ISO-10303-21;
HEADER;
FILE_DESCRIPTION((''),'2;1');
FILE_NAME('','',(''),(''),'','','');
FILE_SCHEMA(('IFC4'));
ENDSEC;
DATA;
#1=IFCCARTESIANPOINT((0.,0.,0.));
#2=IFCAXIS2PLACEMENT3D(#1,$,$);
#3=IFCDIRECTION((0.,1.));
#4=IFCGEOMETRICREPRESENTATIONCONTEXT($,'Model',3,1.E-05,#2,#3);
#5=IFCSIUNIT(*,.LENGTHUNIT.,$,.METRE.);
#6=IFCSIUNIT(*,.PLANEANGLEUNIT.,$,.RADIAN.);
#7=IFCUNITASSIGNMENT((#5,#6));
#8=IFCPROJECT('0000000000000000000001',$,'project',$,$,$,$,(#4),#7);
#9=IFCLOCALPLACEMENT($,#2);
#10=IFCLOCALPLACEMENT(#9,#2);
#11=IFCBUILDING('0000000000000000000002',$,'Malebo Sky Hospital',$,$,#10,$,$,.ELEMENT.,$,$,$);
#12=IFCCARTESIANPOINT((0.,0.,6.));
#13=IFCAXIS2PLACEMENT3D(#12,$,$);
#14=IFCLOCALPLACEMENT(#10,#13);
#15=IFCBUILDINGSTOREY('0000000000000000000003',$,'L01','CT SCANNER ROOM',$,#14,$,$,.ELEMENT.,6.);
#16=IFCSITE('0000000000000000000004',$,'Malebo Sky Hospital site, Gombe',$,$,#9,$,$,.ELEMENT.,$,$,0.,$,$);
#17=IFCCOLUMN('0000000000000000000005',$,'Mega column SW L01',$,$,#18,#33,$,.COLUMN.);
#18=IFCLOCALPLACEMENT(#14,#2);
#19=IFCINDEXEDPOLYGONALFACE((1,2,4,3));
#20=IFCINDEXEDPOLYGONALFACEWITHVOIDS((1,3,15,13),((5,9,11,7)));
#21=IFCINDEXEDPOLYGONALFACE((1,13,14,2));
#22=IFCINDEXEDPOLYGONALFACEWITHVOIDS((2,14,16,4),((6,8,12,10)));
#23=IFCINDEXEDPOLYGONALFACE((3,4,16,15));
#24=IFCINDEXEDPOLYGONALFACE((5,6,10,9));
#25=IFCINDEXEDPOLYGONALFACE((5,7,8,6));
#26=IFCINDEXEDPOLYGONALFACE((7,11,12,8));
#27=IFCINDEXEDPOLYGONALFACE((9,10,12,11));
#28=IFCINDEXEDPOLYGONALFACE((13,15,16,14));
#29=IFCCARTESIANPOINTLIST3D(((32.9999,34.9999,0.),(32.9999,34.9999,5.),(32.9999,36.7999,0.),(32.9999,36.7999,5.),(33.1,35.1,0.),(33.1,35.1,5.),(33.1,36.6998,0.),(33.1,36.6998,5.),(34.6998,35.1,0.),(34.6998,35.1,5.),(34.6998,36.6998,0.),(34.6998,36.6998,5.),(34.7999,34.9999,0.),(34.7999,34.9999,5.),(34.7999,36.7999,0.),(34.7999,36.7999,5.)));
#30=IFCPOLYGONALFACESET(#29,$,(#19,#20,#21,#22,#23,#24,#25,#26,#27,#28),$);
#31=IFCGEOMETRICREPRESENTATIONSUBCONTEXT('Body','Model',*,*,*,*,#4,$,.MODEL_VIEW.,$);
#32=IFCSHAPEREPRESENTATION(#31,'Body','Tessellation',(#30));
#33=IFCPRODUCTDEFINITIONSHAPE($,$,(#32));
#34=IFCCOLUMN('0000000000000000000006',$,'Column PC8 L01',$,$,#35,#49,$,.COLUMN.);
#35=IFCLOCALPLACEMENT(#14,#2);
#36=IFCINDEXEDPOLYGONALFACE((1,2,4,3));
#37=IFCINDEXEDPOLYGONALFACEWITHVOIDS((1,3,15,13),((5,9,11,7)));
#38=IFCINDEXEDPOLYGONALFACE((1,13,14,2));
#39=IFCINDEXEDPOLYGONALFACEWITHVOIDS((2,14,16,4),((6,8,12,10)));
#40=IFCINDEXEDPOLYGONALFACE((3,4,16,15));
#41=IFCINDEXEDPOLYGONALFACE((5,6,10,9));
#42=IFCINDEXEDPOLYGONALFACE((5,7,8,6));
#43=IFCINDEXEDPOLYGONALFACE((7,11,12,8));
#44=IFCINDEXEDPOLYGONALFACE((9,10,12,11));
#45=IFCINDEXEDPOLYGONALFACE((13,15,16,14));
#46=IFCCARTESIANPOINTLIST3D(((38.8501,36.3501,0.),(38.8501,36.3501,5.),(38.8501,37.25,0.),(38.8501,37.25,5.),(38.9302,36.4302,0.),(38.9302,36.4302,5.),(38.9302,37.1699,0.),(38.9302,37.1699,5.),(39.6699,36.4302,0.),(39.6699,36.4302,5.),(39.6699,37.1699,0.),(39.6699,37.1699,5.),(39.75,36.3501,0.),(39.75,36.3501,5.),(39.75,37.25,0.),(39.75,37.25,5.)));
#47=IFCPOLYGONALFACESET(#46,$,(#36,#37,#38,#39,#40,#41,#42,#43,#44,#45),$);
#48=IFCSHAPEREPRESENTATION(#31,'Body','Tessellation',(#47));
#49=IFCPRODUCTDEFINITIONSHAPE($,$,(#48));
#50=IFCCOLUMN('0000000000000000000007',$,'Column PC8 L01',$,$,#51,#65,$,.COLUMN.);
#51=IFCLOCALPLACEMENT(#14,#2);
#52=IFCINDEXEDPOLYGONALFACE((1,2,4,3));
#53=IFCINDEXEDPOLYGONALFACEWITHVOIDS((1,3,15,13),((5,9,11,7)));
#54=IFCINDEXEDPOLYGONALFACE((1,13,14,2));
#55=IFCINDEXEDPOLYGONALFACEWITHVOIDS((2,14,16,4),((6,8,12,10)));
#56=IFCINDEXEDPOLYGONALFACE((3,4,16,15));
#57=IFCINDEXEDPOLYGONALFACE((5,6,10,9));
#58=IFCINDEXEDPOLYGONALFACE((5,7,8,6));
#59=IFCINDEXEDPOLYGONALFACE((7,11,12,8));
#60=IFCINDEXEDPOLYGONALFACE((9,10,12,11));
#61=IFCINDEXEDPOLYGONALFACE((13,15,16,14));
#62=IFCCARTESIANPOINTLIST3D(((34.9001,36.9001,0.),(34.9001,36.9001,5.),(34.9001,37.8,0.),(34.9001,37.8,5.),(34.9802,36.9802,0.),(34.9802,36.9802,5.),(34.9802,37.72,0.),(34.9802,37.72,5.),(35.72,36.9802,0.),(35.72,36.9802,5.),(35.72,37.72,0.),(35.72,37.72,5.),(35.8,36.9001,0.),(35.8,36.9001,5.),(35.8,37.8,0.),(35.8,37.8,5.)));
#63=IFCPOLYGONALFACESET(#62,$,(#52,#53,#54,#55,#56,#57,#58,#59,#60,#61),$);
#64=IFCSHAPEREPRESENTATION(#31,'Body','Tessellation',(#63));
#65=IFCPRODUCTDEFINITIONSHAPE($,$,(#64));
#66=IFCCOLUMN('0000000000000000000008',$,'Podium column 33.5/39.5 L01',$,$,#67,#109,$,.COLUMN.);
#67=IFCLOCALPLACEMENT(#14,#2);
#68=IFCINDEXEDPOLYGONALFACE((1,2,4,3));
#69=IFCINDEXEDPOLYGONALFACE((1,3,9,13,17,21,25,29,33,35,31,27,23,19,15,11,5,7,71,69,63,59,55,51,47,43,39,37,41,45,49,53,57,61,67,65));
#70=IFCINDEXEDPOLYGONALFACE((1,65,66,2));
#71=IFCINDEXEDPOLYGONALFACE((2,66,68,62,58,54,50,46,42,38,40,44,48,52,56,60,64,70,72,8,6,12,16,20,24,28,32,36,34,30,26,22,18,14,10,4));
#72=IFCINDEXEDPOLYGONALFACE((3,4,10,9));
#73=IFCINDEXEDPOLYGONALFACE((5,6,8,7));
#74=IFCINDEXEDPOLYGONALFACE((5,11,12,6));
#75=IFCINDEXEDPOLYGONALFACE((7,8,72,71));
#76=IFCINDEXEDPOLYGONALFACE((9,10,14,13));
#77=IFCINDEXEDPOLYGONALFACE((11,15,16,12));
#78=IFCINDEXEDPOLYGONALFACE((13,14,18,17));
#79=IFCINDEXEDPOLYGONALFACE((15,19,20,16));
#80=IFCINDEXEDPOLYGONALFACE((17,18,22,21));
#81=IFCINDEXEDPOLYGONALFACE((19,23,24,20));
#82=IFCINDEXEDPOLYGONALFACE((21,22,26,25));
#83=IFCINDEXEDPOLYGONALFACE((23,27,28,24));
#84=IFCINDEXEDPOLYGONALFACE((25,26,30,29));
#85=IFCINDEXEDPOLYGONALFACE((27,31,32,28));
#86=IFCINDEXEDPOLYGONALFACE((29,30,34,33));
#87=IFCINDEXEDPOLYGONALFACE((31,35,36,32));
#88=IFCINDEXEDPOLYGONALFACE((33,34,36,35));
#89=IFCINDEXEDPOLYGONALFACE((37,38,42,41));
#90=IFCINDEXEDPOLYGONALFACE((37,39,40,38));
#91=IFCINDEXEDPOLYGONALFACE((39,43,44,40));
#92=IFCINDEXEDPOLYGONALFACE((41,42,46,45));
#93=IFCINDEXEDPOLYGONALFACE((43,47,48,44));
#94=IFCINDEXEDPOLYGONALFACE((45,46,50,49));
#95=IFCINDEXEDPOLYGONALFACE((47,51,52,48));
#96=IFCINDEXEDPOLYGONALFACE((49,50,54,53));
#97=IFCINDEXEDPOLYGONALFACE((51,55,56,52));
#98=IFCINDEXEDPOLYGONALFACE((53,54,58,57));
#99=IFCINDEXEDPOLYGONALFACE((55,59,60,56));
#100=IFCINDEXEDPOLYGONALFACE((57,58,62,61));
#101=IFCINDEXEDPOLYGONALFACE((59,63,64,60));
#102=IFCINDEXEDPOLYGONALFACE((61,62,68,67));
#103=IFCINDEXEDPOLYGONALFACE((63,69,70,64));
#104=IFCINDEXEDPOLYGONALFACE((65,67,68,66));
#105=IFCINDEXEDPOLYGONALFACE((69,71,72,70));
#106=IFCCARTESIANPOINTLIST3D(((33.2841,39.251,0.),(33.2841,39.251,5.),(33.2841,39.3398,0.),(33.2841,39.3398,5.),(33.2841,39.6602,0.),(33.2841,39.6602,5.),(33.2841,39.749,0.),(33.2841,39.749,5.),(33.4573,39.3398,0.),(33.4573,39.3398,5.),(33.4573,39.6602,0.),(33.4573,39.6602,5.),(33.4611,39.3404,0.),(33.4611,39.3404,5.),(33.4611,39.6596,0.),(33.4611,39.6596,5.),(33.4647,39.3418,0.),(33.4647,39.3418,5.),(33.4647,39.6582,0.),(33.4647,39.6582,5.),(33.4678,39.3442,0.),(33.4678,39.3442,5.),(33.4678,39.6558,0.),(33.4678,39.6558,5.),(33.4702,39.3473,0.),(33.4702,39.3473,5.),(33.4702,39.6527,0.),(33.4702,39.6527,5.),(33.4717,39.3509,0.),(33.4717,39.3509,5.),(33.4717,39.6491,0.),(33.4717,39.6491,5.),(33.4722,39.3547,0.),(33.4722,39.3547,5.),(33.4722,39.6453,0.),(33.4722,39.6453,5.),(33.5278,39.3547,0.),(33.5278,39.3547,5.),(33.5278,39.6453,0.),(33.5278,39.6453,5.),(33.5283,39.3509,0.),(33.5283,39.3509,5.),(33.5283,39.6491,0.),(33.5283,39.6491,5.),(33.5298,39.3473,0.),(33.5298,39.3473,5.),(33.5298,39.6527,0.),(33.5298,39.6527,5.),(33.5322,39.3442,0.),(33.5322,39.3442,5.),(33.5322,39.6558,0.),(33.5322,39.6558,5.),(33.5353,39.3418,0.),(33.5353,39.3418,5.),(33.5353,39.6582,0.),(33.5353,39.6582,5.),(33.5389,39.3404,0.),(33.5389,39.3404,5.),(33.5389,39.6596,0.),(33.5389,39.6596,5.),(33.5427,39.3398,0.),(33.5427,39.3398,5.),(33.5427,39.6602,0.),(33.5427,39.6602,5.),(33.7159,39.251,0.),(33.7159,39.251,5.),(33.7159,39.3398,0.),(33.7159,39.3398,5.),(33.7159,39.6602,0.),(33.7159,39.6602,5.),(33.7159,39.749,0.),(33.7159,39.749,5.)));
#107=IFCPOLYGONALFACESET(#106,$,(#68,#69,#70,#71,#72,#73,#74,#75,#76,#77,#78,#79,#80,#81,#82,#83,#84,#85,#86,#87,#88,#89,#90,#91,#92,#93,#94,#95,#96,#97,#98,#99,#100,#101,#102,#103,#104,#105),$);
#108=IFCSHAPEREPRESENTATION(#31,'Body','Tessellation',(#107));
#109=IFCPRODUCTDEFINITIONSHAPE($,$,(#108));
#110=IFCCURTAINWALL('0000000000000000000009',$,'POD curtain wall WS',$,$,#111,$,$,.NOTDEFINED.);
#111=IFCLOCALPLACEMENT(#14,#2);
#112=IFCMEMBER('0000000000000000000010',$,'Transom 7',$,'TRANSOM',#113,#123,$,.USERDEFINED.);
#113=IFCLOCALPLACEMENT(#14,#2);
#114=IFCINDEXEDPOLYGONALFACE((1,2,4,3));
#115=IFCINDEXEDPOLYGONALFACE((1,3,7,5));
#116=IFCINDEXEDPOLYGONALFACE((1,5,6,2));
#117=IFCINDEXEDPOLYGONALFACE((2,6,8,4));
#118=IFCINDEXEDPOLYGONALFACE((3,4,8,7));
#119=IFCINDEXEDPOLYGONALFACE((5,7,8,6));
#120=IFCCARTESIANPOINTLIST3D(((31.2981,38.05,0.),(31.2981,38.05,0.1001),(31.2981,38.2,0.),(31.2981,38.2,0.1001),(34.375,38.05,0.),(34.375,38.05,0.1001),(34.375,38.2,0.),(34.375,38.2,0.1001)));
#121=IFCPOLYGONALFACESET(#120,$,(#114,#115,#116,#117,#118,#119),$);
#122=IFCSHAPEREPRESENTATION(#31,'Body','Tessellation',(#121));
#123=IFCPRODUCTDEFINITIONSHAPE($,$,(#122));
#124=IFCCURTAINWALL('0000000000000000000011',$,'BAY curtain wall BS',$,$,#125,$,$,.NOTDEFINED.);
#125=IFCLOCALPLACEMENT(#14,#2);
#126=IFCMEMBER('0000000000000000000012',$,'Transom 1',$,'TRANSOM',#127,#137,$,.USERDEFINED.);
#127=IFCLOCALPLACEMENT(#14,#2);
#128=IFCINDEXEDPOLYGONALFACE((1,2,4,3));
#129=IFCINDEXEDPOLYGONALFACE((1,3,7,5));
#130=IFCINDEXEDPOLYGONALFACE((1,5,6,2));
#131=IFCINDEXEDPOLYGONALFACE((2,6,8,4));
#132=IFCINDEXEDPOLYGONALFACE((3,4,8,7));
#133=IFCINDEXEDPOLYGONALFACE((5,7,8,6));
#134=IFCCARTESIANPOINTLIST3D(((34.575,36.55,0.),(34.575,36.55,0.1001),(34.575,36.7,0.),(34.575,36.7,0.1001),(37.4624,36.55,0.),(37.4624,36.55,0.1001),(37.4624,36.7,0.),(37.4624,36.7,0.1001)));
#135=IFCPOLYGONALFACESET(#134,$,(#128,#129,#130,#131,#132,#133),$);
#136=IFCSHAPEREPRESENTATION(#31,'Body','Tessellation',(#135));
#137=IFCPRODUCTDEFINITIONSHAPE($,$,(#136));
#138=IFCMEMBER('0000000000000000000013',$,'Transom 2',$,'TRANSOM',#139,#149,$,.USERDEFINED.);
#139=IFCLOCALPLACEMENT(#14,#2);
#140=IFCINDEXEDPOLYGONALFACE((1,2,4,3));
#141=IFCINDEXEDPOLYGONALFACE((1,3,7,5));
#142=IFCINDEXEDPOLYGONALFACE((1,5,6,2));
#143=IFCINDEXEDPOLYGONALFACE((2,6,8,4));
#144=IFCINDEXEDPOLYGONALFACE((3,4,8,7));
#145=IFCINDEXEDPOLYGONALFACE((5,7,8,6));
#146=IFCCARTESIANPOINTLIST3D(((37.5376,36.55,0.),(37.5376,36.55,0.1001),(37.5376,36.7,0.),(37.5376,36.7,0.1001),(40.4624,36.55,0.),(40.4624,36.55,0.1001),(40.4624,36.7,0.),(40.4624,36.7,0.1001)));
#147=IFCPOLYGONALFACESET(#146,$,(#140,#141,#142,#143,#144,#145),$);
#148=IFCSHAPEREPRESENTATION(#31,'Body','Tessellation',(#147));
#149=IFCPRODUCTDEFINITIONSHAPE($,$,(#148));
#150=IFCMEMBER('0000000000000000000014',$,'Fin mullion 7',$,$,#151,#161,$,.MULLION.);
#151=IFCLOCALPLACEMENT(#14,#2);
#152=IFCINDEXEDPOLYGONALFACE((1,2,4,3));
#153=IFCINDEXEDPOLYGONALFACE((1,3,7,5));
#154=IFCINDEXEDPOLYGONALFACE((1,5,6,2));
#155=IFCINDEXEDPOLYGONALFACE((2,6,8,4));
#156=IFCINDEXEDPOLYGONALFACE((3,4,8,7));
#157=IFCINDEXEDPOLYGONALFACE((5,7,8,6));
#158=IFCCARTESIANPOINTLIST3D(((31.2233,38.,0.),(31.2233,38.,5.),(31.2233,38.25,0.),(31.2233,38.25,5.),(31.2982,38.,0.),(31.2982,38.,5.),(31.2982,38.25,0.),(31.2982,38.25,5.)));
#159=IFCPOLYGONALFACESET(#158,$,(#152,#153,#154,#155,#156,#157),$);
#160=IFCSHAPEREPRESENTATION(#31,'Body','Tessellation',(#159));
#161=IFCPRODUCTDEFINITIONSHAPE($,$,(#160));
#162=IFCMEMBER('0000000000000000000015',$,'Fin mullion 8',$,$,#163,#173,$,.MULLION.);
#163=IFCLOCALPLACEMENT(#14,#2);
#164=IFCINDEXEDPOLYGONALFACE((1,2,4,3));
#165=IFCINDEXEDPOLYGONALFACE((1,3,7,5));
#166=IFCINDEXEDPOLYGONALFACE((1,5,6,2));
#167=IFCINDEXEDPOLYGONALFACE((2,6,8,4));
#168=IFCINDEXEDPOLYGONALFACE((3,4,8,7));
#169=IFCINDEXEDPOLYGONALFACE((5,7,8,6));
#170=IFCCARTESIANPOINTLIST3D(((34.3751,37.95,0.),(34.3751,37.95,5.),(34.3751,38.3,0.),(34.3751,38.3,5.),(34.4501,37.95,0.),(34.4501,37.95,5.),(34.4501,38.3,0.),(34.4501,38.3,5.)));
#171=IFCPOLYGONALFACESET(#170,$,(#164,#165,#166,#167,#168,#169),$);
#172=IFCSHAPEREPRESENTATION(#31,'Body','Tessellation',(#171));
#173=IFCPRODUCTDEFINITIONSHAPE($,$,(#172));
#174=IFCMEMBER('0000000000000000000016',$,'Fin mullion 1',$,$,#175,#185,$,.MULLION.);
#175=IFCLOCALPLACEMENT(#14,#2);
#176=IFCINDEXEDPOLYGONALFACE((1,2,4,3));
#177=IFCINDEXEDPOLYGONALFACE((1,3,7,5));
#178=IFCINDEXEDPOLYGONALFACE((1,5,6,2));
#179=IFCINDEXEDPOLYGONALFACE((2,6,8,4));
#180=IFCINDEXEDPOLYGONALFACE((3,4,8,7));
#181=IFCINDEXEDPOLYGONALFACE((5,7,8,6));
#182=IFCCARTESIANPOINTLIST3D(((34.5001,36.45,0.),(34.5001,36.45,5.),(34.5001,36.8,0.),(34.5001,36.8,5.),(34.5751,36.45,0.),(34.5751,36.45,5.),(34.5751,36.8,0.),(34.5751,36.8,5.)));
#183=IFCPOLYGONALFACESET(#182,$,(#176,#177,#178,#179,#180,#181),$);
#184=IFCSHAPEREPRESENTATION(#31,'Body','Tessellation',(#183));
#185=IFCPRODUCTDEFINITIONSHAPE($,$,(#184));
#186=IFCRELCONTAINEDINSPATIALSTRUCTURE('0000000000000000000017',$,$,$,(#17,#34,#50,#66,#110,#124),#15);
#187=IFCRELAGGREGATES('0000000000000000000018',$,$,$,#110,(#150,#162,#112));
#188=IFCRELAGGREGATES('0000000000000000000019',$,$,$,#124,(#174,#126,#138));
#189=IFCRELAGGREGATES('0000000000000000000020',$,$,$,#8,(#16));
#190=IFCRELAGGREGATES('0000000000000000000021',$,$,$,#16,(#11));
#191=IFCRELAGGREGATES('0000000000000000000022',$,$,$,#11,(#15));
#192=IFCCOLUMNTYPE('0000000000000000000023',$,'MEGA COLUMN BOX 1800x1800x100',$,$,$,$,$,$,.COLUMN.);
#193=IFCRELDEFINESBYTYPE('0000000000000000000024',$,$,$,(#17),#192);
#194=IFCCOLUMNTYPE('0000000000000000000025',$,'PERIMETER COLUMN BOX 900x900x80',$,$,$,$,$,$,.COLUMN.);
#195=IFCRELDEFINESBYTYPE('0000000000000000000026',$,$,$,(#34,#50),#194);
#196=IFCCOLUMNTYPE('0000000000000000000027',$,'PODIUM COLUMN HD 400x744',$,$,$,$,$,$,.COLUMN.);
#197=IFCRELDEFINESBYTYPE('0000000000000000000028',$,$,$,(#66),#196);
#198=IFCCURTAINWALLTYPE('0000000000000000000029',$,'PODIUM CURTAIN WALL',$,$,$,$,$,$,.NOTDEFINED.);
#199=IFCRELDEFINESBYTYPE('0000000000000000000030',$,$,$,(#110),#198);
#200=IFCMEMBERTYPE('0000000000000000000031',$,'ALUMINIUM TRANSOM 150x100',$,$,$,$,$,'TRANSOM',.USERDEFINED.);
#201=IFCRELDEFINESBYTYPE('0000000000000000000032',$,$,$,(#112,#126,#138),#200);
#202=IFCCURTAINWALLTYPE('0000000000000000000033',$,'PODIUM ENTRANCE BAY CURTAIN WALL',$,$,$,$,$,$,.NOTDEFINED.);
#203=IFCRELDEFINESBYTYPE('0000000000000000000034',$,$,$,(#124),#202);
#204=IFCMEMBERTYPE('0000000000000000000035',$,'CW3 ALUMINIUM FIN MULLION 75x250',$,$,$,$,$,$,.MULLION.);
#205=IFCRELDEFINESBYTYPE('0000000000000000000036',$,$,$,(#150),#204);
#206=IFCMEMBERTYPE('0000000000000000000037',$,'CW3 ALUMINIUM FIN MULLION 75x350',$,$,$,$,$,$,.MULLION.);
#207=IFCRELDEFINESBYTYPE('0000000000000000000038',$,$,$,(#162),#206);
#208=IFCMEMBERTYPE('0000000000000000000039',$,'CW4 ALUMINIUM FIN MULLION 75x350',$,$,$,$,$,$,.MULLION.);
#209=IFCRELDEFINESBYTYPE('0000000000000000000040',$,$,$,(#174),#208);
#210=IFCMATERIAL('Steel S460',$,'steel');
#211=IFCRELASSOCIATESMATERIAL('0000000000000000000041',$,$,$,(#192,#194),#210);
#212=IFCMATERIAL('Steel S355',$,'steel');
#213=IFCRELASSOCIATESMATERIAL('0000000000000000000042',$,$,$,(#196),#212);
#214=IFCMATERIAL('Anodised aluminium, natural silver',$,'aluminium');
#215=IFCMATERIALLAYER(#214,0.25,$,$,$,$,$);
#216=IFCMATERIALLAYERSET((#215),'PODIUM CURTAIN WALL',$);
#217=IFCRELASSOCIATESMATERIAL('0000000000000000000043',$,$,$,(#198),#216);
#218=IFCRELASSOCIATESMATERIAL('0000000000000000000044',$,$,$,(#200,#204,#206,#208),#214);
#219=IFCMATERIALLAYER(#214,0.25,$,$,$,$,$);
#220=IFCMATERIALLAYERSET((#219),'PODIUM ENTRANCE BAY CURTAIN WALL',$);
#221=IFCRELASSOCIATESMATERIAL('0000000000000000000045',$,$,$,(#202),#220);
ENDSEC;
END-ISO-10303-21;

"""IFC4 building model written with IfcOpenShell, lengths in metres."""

from ifc_helpers import new_model, si_unit, direction, frame, origin, origin_2d, place, context, subcontext, project, spatial, rectangle, hollow_rectangle, i_section, extrude, material, layer, layer_set, material_profile, profile_set, type_object, element, aggregate, save


model = new_model("IFC4")

# Units and contexts
model_context = context("Model", 3, precision=1e-05, world=origin(), true_north=direction((0.0, 1.0)))
body_context = subcontext(model_context, "Body", "Model", "MODEL_VIEW")
ifc_project = project(units=[si_unit("LENGTHUNIT", "METRE"), si_unit("PLANEANGLEUNIT", "RADIAN")], contexts=[model_context])

# Site, building, storey
site_placement = place(None, origin())
site = spatial("IfcSite", under=ifc_project, at=site_placement, Name="Malebo Sky Hospital site, Gombe", CompositionType="ELEMENT", RefElevation=0.0)
building_placement = place(site_placement, origin())
building = spatial("IfcBuilding", under=site, at=building_placement, Name="Malebo Sky Hospital", CompositionType="ELEMENT")
storey_placement = place(building_placement, frame((0.0, 0.0, 6.0)))
storey = spatial("IfcBuildingStorey", under=building, at=storey_placement, Name="L01", Description="CT SCANNER ROOM", CompositionType="ELEMENT", Elevation=6.0)

# Columns
ifc_material_1 = material(Name="Steel S460", Category="steel")
ifc_material_profile_1 = material_profile(ifc_material_1, hollow_rectangle(XDim=1.8, YDim=1.8, WallThickness=0.1001, at=origin_2d()), Name="BOX 1800x1800x100")
ifc_profile_set_1 = profile_set([ifc_material_profile_1], Name="Steel S460")
column_type_1 = type_object("IfcColumnType", Name="MEGA COLUMN BOX 1800x1800x100", PredefinedType="COLUMN", material=ifc_profile_set_1)
column_1_placement = place(storey_placement, frame((33.8999, 35.8999, 0.0), z_axis=(0.0, 0.0, 1.0), x_axis=(1.0, 0.0, 0.0)))
element("IfcColumn", 1, at=column_1_placement, inside=storey, type_object=column_type_1, Name="Mega column SW L01", PredefinedType="COLUMN", context=body_context, shape_type="SweptSolid", body=[
    extrude(hollow_rectangle(XDim=1.8, YDim=1.8, WallThickness=0.1001, at=origin_2d()), origin(), (0.0, 0.0, 1.0), 5.0),
])
ifc_material_profile_2 = material_profile(ifc_material_1, hollow_rectangle(XDim=0.8999, YDim=0.8999, WallThickness=0.0801, at=origin_2d()), Name="BOX 900x900x80")
ifc_profile_set_2 = profile_set([ifc_material_profile_2], Name="Steel S460")
column_type_2 = type_object("IfcColumnType", Name="PERIMETER COLUMN BOX 900x900x80", PredefinedType="COLUMN", material=ifc_profile_set_2)
for number, where, z_axis, x_axis, name in (
    (2, (39.3, 36.8, 0.0), (0.0, 0.0, 1.0), (1.0, 0.0, 0.0), "Column PC8 L01"),
    (3, (35.3501, 37.3501, 0.0), (0.0, 0.0, 1.0), (1.0, 0.0, 0.0), "Column PC8 L01"),
):
    element("IfcColumn", number, at=place(storey_placement, frame(where, z_axis=z_axis, x_axis=x_axis)), inside=storey, type_object=column_type_2, Name=name, PredefinedType="COLUMN", context=body_context, shape_type="SweptSolid", body=[
        extrude(hollow_rectangle(XDim=0.8999, YDim=0.8999, WallThickness=0.0801, at=origin_2d()), origin(), (0.0, 0.0, 1.0), 5.0),
    ])
ifc_material_2 = material(Name="Steel S355", Category="steel")
ifc_material_profile_3 = material_profile(ifc_material_2, i_section(OverallWidth=0.4319, OverallDepth=0.498, WebThickness=0.0557, FlangeThickness=0.0889, FilletRadius=0.0149, at=origin_2d()), Name="HD 400x744")
ifc_profile_set_3 = profile_set([ifc_material_profile_3], Name="Steel S355")
column_type_3 = type_object("IfcColumnType", Name="PODIUM COLUMN HD 400x744", PredefinedType="COLUMN", material=ifc_profile_set_3)
column_2_placement = place(storey_placement, frame((33.5, 39.5, 0.0), z_axis=(0.0, 0.0, 1.0), x_axis=(1.0, 0.0, 0.0)))
element("IfcColumn", 4, at=column_2_placement, inside=storey, type_object=column_type_3, Name="Podium column 33.5/39.5 L01", PredefinedType="COLUMN", context=body_context, shape_type="SweptSolid", body=[
    extrude(i_section(OverallWidth=0.4319, OverallDepth=0.498, WebThickness=0.0557, FlangeThickness=0.0889, FilletRadius=0.0149, at=origin_2d()), origin(), (0.0, 0.0, 1.0), 5.0),
])

# Curtain wall, member
ifc_material_3 = material(Name="Anodised aluminium, natural silver", Category="aluminium")
ifc_layer_1 = layer(ifc_material_3, 0.25)
ifc_layer_set_1 = layer_set([ifc_layer_1], Name="PODIUM CURTAIN WALL")
curtain_wall_type_1 = type_object("IfcCurtainWallType", Name="PODIUM CURTAIN WALL", PredefinedType="NOTDEFINED", material=ifc_layer_set_1)
curtain_wall_1_placement = place(storey_placement, origin())
curtain_wall_1 = element("IfcCurtainWall", 5, at=curtain_wall_1_placement, inside=storey, type_object=curtain_wall_type_1, Name="POD curtain wall WS", PredefinedType="NOTDEFINED")
ifc_material_profile_4 = material_profile(ifc_material_3, rectangle(XDim=0.1499, YDim=0.1001, at=origin_2d()), Name="ALUMINIUM TRANSOM 150x100")
ifc_profile_set_4 = profile_set([ifc_material_profile_4], Name="Anodised aluminium, natural silver")
member_type_1 = type_object("IfcMemberType", Name="ALUMINIUM TRANSOM 150x100", ElementType="TRANSOM", PredefinedType="USERDEFINED", material=ifc_profile_set_4)
member_1_placement = place(storey_placement, frame((31.2981, 38.125, 0.05), z_axis=(1.0, 0.0, 0.0), x_axis=(0.0, 1.0, 0.0)))
member_1 = element("IfcMember", 6, at=member_1_placement, type_object=member_type_1, Name="Transom 7", ObjectType="TRANSOM", PredefinedType="USERDEFINED", context=body_context, shape_type="SweptSolid", body=[
    extrude(rectangle(XDim=0.1499, YDim=0.1001, at=origin_2d()), origin(), (0.0, 0.0, 1.0), 3.0769),
])

# Curtain wall, members
ifc_layer_2 = layer(ifc_material_3, 0.25)
ifc_layer_set_2 = layer_set([ifc_layer_2], Name="PODIUM ENTRANCE BAY CURTAIN WALL")
curtain_wall_type_2 = type_object("IfcCurtainWallType", Name="PODIUM ENTRANCE BAY CURTAIN WALL", PredefinedType="NOTDEFINED", material=ifc_layer_set_2)
curtain_wall_2_placement = place(storey_placement, origin())
curtain_wall_2 = element("IfcCurtainWall", 7, at=curtain_wall_2_placement, inside=storey, type_object=curtain_wall_type_2, Name="BAY curtain wall BS", PredefinedType="NOTDEFINED")
member_2_placement = place(storey_placement, frame((34.575, 36.625, 0.05), z_axis=(1.0, 0.0, 0.0), x_axis=(0.0, 1.0, 0.0)))
member_2 = element("IfcMember", 8, at=member_2_placement, type_object=member_type_1, Name="Transom 1", ObjectType="TRANSOM", PredefinedType="USERDEFINED", context=body_context, shape_type="SweptSolid", body=[
    extrude(rectangle(XDim=0.1499, YDim=0.1001, at=origin_2d()), origin(), (0.0, 0.0, 1.0), 2.8875),
])
member_3_placement = place(storey_placement, frame((37.5376, 36.625, 0.05), z_axis=(1.0, 0.0, 0.0), x_axis=(0.0, 1.0, 0.0)))
member_3 = element("IfcMember", 9, at=member_3_placement, type_object=member_type_1, Name="Transom 2", ObjectType="TRANSOM", PredefinedType="USERDEFINED", context=body_context, shape_type="SweptSolid", body=[
    extrude(rectangle(XDim=0.1499, YDim=0.1001, at=origin_2d()), origin(), (0.0, 0.0, 1.0), 2.9248),
])

# Members
ifc_material_profile_5 = material_profile(ifc_material_3, rectangle(XDim=0.075, YDim=0.25, at=origin_2d()), Name="CW3 ALUMINIUM FIN MULLION 75x250")
ifc_profile_set_5 = profile_set([ifc_material_profile_5], Name="Anodised aluminium, natural silver")
member_type_2 = type_object("IfcMemberType", Name="CW3 ALUMINIUM FIN MULLION 75x250", PredefinedType="MULLION", material=ifc_profile_set_5)
member_4_placement = place(storey_placement, frame((31.2607, 38.125, 0.0), z_axis=(0.0, 0.0, 1.0), x_axis=(1.0, 0.0, 0.0)))
member_4 = element("IfcMember", 10, at=member_4_placement, type_object=member_type_2, Name="Fin mullion 7", PredefinedType="MULLION", context=body_context, shape_type="SweptSolid", body=[
    extrude(rectangle(XDim=0.075, YDim=0.25, at=origin_2d()), origin(), (0.0, 0.0, 1.0), 5.0),
])
ifc_material_profile_6 = material_profile(ifc_material_3, rectangle(XDim=0.075, YDim=0.3501, at=origin_2d()), Name="CW3 ALUMINIUM FIN MULLION 75x350")
ifc_profile_set_6 = profile_set([ifc_material_profile_6], Name="Anodised aluminium, natural silver")
member_type_3 = type_object("IfcMemberType", Name="CW3 ALUMINIUM FIN MULLION 75x350", PredefinedType="MULLION", material=ifc_profile_set_6)
member_5_placement = place(storey_placement, frame((34.4126, 38.125, 0.0), z_axis=(0.0, 0.0, 1.0), x_axis=(1.0, 0.0, 0.0)))
member_5 = element("IfcMember", 11, at=member_5_placement, type_object=member_type_3, Name="Fin mullion 8", PredefinedType="MULLION", context=body_context, shape_type="SweptSolid", body=[
    extrude(rectangle(XDim=0.075, YDim=0.3501, at=origin_2d()), origin(), (0.0, 0.0, 1.0), 5.0),
])
ifc_material_profile_7 = material_profile(ifc_material_3, rectangle(XDim=0.075, YDim=0.3501, at=origin_2d()), Name="CW4 ALUMINIUM FIN MULLION 75x350")
ifc_profile_set_7 = profile_set([ifc_material_profile_7], Name="Anodised aluminium, natural silver")
member_type_4 = type_object("IfcMemberType", Name="CW4 ALUMINIUM FIN MULLION 75x350", PredefinedType="MULLION", material=ifc_profile_set_7)
member_6_placement = place(storey_placement, frame((34.5376, 36.625, 0.0), z_axis=(0.0, 0.0, 1.0), x_axis=(1.0, 0.0, 0.0)))
member_6 = element("IfcMember", 12, at=member_6_placement, type_object=member_type_4, Name="Fin mullion 1", PredefinedType="MULLION", context=body_context, shape_type="SweptSolid", body=[
    extrude(rectangle(XDim=0.075, YDim=0.3501, at=origin_2d()), origin(), (0.0, 0.0, 1.0), 5.0),
])

aggregate(curtain_wall_1, [member_4, member_5, member_1])
aggregate(curtain_wall_2, [member_6, member_2, member_3])

save(model, "model.ifc")
